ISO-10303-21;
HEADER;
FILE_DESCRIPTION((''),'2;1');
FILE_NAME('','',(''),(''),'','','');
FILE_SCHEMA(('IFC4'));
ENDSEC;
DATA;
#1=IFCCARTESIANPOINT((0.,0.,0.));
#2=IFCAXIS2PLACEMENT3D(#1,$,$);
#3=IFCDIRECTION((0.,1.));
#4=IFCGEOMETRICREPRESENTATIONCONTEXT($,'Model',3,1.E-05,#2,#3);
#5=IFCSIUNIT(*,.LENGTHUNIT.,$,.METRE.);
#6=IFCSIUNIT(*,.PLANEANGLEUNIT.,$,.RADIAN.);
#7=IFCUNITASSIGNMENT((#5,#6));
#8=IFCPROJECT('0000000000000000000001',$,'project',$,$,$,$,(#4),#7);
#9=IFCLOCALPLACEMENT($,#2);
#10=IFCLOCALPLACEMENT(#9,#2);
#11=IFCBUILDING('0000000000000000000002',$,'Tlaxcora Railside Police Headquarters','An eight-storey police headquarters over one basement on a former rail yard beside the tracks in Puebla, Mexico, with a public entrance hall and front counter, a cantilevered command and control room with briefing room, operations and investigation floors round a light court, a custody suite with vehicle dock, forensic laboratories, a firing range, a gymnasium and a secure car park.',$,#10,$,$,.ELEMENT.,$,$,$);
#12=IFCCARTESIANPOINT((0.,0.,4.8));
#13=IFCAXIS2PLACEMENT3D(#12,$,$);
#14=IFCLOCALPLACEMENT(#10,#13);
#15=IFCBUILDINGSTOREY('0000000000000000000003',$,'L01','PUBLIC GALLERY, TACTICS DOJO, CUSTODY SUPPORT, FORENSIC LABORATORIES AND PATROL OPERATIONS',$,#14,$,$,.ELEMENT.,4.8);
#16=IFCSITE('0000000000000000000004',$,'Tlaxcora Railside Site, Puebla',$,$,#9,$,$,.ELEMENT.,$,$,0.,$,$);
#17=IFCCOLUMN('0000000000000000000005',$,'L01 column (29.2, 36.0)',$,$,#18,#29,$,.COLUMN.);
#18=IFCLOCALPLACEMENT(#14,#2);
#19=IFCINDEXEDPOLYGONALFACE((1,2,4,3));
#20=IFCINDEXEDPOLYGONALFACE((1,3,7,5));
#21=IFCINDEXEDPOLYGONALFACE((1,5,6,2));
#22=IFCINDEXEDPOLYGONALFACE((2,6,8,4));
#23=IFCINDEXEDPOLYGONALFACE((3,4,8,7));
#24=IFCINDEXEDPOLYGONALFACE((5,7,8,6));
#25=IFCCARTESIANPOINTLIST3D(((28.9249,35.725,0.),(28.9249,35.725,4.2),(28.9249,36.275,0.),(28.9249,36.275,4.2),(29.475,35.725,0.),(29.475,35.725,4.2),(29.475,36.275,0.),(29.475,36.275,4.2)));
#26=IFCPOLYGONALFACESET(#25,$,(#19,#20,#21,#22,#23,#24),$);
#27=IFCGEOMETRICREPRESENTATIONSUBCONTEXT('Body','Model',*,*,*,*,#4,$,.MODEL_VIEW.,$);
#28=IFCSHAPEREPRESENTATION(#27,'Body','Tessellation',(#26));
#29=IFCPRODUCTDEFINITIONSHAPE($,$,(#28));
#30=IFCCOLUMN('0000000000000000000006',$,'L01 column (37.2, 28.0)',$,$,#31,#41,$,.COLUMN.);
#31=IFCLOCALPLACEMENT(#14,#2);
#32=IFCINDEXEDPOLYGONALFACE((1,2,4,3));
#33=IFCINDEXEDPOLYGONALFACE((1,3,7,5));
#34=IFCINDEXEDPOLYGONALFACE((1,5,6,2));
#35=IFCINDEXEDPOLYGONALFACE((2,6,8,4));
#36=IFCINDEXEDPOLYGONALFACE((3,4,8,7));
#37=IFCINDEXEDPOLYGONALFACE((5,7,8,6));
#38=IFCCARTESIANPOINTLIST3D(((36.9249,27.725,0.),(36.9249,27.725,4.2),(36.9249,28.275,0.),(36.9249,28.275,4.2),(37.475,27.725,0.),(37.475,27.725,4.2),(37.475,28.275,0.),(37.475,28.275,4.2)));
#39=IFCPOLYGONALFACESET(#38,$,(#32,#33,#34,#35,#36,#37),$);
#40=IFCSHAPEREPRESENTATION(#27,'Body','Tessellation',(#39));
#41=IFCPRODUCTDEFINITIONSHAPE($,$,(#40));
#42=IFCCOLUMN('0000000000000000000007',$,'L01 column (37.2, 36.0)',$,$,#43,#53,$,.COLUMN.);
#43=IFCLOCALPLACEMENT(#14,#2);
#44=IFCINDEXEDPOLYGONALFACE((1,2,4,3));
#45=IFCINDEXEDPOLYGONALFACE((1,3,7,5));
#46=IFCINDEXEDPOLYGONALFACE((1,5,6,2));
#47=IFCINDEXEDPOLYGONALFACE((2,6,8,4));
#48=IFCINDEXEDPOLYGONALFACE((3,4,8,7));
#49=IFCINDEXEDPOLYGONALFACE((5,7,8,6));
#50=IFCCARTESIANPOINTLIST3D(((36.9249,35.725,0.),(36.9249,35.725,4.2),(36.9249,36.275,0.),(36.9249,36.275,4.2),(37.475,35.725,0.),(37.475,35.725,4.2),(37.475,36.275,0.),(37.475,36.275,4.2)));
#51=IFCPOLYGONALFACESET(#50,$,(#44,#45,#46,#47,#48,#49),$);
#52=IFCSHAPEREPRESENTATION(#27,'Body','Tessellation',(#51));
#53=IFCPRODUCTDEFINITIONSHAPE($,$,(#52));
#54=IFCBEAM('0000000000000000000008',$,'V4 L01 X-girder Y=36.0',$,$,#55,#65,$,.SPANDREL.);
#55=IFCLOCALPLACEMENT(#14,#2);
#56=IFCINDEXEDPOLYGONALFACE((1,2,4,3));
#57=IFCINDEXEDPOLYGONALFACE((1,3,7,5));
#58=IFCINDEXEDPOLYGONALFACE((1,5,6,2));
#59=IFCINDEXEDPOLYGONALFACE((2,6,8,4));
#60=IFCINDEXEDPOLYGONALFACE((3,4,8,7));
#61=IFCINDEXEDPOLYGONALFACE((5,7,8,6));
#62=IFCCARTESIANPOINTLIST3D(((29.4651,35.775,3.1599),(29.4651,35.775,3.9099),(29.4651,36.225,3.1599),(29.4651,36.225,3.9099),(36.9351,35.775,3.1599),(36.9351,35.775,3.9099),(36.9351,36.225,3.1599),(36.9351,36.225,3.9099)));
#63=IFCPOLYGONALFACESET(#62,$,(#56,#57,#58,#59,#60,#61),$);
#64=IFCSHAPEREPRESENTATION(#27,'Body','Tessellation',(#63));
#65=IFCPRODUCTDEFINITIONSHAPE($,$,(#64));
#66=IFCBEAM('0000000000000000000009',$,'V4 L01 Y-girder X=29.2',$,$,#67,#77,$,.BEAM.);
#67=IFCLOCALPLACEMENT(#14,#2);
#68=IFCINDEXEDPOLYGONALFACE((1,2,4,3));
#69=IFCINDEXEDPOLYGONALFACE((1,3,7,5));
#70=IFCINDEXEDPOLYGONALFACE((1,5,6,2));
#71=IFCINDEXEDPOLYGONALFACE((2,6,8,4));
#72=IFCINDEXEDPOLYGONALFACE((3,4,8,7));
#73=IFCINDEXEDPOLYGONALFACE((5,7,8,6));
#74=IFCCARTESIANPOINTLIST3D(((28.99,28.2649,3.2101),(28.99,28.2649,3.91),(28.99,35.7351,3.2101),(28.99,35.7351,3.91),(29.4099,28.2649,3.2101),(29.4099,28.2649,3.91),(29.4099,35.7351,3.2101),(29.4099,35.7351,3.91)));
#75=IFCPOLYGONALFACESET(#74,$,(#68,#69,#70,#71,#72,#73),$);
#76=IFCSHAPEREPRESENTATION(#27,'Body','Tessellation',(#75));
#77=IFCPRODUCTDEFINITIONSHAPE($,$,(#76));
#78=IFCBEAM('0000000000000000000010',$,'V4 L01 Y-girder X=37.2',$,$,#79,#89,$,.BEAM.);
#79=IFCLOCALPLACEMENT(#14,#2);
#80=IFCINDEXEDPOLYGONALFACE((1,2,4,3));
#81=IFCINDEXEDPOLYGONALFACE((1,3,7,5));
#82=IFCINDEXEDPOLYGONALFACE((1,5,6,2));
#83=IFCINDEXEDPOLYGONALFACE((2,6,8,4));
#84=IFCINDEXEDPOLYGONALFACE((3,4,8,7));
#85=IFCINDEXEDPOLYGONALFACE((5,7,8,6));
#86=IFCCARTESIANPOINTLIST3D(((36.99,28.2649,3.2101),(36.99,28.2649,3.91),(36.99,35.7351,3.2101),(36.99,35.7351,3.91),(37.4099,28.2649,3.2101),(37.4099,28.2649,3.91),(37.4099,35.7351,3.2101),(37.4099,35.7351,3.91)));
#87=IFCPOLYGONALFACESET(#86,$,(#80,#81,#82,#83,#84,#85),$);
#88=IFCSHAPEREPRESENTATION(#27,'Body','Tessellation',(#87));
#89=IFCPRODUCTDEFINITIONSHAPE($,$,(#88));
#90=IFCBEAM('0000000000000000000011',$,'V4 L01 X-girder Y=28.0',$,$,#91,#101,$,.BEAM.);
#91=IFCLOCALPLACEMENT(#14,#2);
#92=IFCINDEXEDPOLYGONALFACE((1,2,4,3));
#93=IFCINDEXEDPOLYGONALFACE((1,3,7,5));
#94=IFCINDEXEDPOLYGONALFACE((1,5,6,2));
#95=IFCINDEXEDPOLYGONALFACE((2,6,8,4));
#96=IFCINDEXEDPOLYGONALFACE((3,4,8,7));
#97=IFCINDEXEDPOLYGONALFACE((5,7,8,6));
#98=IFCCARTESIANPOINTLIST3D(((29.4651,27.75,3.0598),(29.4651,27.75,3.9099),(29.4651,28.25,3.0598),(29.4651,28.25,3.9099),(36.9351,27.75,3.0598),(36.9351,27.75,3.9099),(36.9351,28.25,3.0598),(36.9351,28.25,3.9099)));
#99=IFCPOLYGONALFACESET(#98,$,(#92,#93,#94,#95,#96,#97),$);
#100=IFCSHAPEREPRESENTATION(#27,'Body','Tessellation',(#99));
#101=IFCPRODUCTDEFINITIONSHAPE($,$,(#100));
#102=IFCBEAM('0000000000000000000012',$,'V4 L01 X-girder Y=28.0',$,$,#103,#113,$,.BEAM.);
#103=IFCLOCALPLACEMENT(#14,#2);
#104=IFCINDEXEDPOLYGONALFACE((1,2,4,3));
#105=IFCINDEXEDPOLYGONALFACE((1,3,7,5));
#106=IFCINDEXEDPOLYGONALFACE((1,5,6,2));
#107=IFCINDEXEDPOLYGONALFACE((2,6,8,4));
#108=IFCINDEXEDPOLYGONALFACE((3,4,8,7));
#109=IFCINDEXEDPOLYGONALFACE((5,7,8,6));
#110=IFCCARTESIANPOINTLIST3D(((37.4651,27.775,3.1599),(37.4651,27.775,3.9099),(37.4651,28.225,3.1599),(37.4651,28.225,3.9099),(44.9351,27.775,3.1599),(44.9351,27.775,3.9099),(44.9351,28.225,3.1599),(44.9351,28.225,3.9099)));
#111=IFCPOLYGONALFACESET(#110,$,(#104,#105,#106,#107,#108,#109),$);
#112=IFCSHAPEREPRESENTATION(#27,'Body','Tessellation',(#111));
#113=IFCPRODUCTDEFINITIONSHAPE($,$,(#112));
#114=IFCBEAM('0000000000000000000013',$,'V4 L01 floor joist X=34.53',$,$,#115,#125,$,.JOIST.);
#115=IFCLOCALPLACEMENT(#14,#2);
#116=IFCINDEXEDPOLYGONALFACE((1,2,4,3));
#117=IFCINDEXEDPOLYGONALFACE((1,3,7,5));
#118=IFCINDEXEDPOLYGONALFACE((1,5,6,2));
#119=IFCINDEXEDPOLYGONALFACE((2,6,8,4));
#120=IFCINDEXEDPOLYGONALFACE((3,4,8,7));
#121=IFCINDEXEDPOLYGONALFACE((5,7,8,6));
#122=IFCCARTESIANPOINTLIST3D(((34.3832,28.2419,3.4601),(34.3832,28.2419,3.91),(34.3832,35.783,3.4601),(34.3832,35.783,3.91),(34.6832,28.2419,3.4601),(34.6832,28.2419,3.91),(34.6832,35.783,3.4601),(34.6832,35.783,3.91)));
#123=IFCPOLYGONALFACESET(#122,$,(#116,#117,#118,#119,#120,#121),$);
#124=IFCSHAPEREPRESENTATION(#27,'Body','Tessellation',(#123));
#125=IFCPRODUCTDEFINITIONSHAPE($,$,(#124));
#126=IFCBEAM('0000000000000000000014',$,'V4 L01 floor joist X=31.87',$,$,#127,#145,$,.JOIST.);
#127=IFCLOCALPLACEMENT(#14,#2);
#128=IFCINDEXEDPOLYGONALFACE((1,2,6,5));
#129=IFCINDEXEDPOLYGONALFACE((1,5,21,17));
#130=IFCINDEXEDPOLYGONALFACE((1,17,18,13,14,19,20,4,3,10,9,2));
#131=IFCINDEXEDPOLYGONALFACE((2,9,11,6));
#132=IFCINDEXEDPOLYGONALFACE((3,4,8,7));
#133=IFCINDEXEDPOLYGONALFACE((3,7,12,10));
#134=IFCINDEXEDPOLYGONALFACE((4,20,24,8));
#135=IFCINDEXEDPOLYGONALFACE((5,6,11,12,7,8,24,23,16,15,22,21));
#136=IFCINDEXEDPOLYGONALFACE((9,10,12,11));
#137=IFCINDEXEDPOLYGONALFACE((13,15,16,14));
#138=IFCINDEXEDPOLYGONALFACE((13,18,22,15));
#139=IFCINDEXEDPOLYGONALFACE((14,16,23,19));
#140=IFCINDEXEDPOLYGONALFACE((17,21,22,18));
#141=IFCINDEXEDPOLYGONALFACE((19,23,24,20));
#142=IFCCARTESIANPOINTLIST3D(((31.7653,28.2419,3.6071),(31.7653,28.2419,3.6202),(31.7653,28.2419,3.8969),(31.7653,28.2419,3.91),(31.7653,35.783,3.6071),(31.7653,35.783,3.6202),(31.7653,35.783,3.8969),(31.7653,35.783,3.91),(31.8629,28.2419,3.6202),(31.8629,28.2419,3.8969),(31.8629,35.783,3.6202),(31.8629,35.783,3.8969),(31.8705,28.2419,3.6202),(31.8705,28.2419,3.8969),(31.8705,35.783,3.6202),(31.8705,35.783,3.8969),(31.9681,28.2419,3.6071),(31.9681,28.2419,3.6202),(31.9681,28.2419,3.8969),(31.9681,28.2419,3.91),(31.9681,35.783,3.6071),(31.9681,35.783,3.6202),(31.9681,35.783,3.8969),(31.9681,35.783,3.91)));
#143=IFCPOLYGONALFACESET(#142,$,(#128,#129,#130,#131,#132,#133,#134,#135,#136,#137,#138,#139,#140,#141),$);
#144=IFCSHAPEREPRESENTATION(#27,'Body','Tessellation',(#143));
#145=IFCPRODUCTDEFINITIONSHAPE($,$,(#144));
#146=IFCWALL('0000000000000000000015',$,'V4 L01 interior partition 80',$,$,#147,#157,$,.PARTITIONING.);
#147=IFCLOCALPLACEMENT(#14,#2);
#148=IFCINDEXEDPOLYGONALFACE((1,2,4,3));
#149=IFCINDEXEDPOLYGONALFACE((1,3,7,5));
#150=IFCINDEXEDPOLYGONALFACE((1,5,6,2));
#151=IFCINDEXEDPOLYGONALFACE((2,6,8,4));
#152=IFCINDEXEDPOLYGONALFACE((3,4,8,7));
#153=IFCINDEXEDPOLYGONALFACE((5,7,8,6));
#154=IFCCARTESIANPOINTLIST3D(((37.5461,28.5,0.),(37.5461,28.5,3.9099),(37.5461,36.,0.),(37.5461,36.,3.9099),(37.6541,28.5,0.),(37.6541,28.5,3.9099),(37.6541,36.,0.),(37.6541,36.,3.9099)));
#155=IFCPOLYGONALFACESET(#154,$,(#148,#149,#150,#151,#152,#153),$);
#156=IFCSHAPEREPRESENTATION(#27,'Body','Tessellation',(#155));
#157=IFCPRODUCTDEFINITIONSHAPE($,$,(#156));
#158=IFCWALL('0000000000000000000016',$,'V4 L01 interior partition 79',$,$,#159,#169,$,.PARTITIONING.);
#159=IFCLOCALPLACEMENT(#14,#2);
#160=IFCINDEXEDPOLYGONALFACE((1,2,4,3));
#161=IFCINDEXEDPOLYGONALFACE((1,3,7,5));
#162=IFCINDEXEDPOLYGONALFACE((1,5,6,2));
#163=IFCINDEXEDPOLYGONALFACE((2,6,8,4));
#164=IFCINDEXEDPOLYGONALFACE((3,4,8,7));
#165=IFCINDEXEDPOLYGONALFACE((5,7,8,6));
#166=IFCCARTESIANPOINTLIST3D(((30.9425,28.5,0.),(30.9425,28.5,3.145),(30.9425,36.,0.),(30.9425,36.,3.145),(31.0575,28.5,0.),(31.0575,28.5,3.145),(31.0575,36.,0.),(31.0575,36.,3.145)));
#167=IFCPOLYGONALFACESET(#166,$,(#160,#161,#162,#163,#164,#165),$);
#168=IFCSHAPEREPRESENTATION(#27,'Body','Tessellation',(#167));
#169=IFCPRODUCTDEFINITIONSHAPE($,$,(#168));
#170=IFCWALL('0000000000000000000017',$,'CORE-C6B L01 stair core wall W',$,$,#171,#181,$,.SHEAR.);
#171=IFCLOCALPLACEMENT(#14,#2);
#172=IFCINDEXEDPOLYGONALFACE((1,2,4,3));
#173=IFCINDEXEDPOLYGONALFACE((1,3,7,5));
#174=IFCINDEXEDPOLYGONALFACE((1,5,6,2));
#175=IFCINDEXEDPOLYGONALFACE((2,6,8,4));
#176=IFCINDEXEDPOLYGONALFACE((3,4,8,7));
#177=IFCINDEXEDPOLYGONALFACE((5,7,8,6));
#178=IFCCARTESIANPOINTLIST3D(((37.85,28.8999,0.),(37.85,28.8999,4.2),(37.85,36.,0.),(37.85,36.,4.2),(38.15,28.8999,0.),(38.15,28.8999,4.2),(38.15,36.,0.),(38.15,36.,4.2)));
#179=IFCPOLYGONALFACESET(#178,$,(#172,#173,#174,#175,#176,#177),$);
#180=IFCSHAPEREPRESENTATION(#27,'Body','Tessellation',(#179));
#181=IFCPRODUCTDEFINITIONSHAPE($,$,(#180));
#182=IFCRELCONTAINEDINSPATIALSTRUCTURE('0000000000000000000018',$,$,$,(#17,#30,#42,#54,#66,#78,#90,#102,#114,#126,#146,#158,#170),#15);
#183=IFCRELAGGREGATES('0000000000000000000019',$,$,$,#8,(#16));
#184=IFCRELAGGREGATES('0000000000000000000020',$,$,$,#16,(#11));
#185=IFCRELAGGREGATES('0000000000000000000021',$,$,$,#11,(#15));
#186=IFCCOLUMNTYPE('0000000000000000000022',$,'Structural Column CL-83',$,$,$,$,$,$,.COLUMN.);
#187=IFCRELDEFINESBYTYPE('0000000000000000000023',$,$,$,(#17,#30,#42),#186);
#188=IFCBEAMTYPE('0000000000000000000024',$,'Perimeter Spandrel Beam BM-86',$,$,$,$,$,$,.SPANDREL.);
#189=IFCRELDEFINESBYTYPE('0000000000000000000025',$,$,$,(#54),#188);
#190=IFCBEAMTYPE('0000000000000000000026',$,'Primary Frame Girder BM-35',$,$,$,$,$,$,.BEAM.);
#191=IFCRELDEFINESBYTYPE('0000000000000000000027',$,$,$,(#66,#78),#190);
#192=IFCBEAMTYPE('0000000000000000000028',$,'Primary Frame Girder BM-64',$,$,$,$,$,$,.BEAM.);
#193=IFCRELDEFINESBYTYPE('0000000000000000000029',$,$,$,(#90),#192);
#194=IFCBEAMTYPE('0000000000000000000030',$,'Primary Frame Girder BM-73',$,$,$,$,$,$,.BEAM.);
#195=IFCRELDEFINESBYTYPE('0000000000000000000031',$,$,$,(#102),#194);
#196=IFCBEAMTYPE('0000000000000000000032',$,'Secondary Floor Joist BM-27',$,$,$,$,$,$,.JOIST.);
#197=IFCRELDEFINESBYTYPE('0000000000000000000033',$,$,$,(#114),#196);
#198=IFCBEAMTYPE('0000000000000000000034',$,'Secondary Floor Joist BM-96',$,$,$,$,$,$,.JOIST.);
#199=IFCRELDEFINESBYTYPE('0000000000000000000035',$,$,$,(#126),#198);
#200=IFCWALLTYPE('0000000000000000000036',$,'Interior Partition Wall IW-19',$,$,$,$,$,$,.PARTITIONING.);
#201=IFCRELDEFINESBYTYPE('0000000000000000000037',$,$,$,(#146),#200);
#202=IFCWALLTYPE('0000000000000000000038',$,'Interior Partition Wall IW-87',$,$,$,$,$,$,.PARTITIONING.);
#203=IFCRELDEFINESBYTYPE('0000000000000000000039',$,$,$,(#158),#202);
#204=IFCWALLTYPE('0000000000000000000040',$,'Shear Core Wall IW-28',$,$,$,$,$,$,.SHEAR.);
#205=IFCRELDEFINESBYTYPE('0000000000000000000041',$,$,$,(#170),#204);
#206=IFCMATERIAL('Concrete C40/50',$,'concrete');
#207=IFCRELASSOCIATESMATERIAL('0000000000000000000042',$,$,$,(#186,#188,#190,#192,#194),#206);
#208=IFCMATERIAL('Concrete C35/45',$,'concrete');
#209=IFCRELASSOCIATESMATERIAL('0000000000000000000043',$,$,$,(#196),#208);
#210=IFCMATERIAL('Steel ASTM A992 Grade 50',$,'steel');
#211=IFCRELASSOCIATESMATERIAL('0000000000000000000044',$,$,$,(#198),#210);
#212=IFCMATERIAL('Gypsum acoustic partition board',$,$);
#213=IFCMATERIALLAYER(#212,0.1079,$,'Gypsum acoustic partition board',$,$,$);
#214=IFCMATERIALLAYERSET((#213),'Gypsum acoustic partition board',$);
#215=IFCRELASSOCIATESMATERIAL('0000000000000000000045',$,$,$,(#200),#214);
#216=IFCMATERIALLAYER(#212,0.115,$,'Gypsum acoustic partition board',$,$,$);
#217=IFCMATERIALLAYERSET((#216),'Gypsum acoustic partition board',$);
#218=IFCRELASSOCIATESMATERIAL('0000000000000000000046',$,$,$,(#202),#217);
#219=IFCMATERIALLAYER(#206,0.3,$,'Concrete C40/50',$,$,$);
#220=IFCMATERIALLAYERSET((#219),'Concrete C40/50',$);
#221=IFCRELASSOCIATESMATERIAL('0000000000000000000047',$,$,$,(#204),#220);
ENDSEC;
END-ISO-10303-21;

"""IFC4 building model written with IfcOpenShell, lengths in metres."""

from ifc_helpers import new_model, si_unit, direction, frame, frame_2d, origin, origin_2d, place, context, subcontext, project, spatial, rectangle, i_section, extrude, material, layer, layer_set, material_profile, profile_set, type_object, element, save


model = new_model("IFC4")

# Units and contexts
model_context = context("Model", 3, precision=1e-05, world=origin(), true_north=direction((0.0, 1.0)))
body_context = subcontext(model_context, "Body", "Model", "MODEL_VIEW")
ifc_project = project(units=[si_unit("LENGTHUNIT", "METRE"), si_unit("PLANEANGLEUNIT", "RADIAN")], contexts=[model_context])

# Site, building, storey
site_placement = place(None, origin())
site = spatial("IfcSite", under=ifc_project, at=site_placement, Name="Tlaxcora Railside Site, Puebla", CompositionType="ELEMENT", RefElevation=0.0)
building_placement = place(site_placement, origin())
building = spatial("IfcBuilding", under=site, at=building_placement, Name="Tlaxcora Railside Police Headquarters", Description="An eight-storey police headquarters over one basement on a former rail yard beside the tracks in Puebla, Mexico, with a public entrance hall and front counter, a cantilevered command and control room with briefing room, operations and investigation floors round a light court, a custody suite with vehicle dock, forensic laboratories, a firing range, a gymnasium and a secure car park.", CompositionType="ELEMENT")
storey_placement = place(building_placement, frame((0.0, 0.0, 4.8)))
storey = spatial("IfcBuildingStorey", under=building, at=storey_placement, Name="L01", Description="PUBLIC GALLERY, TACTICS DOJO, CUSTODY SUPPORT, FORENSIC LABORATORIES AND PATROL OPERATIONS", CompositionType="ELEMENT", Elevation=4.8)

# Columns
ifc_material_1 = material(Name="Concrete C40/50", Category="concrete")
ifc_material_profile_1 = material_profile(ifc_material_1, rectangle(XDim=0.55, YDim=0.55, at=origin_2d()), Name="RC550X550")
ifc_profile_set_1 = profile_set([ifc_material_profile_1], Name="Concrete C40/50")
column_type = type_object("IfcColumnType", Name="Structural Column CL-83", PredefinedType="COLUMN", material=ifc_profile_set_1)
for number, where, z_axis, x_axis, name in (
    (1, (29.2, 36.0, 0.0), (0.0, 0.0, 1.0), (1.0, 0.0, 0.0), "L01 column (29.2, 36.0)"),
    (2, (37.2, 28.0, 0.0), (0.0, 0.0, 1.0), (1.0, 0.0, 0.0), "L01 column (37.2, 28.0)"),
    (3, (37.2, 36.0, 0.0), (0.0, 0.0, 1.0), (1.0, 0.0, 0.0), "L01 column (37.2, 36.0)"),
):
    element("IfcColumn", number, at=place(storey_placement, frame(where, z_axis=z_axis, x_axis=x_axis)), inside=storey, type_object=column_type, Name=name, PredefinedType="COLUMN", context=body_context, shape_type="SweptSolid", body=[
        extrude(rectangle(XDim=0.55, YDim=0.55, at=origin_2d()), origin(), (0.0, 0.0, 1.0), 4.2),
    ])

# Beams
ifc_material_profile_2 = material_profile(ifc_material_1, rectangle(XDim=0.45, YDim=0.75, at=origin_2d()), Name="RC450X750")
ifc_profile_set_2 = profile_set([ifc_material_profile_2], Name="Concrete C40/50")
beam_type_1 = type_object("IfcBeamType", Name="Perimeter Spandrel Beam BM-86", PredefinedType="SPANDREL", material=ifc_profile_set_2)
beam_1_placement = place(storey_placement, frame((29.4651, 36.0, 3.5349), z_axis=(1.0, 0.0, 0.0), x_axis=(0.0, 1.0, 0.0)))
element("IfcBeam", 4, at=beam_1_placement, inside=storey, type_object=beam_type_1, Name="V4 L01 X-girder Y=36.0", PredefinedType="SPANDREL", context=body_context, shape_type="SweptSolid", body=[
    extrude(rectangle(XDim=0.45, YDim=0.75, at=origin_2d()), origin(), (0.0, 0.0, 1.0), 7.47),
])
ifc_material_profile_3 = material_profile(ifc_material_1, rectangle(XDim=0.4199, YDim=0.7, at=origin_2d()), Name="RC420X700")
ifc_profile_set_3 = profile_set([ifc_material_profile_3], Name="Concrete C40/50")
beam_type_2 = type_object("IfcBeamType", Name="Primary Frame Girder BM-35", PredefinedType="BEAM", material=ifc_profile_set_3)
for number, where, z_axis, x_axis, name in (
    (5, (29.2, 28.2649, 3.5601), (0.0, 1.0, 0.0), (-1.0, 0.0, 0.0), "V4 L01 Y-girder X=29.2"),
    (6, (37.2, 28.2649, 3.5601), (0.0, 1.0, 0.0), (-1.0, 0.0, 0.0), "V4 L01 Y-girder X=37.2"),
):
    element("IfcBeam", number, at=place(storey_placement, frame(where, z_axis=z_axis, x_axis=x_axis)), inside=storey, type_object=beam_type_2, Name=name, PredefinedType="BEAM", context=body_context, shape_type="SweptSolid", body=[
        extrude(rectangle(XDim=0.4199, YDim=0.7, at=origin_2d()), origin(), (0.0, 0.0, 1.0), 7.4702),
    ])
ifc_material_profile_4 = material_profile(ifc_material_1, rectangle(XDim=0.5, YDim=0.8501, at=origin_2d()), Name="RC500X850")
ifc_profile_set_4 = profile_set([ifc_material_profile_4], Name="Concrete C40/50")
beam_type_3 = type_object("IfcBeamType", Name="Primary Frame Girder BM-64", PredefinedType="BEAM", material=ifc_profile_set_4)
beam_2_placement = place(storey_placement, frame((29.4651, 28.0, 3.4849), z_axis=(1.0, 0.0, 0.0), x_axis=(0.0, 1.0, 0.0)))
element("IfcBeam", 7, at=beam_2_placement, inside=storey, type_object=beam_type_3, Name="V4 L01 X-girder Y=28.0", PredefinedType="BEAM", context=body_context, shape_type="SweptSolid", body=[
    extrude(rectangle(XDim=0.5, YDim=0.8501, at=origin_2d()), origin(), (0.0, 0.0, 1.0), 7.47),
])
ifc_material_profile_5 = material_profile(ifc_material_1, rectangle(XDim=0.45, YDim=0.75, at=origin_2d()), Name="RC450X750")
ifc_profile_set_5 = profile_set([ifc_material_profile_5], Name="Concrete C40/50")
beam_type_4 = type_object("IfcBeamType", Name="Primary Frame Girder BM-73", PredefinedType="BEAM", material=ifc_profile_set_5)
beam_3_placement = place(storey_placement, frame((37.4651, 28.0, 3.5349), z_axis=(1.0, 0.0, 0.0), x_axis=(0.0, 1.0, 0.0)))
element("IfcBeam", 8, at=beam_3_placement, inside=storey, type_object=beam_type_4, Name="V4 L01 X-girder Y=28.0", PredefinedType="BEAM", context=body_context, shape_type="SweptSolid", body=[
    extrude(rectangle(XDim=0.45, YDim=0.75, at=origin_2d()), origin(), (0.0, 0.0, 1.0), 7.47),
])
ifc_material_2 = material(Name="Concrete C35/45", Category="concrete")
ifc_material_profile_6 = material_profile(ifc_material_2, rectangle(XDim=0.3, YDim=0.45, at=origin_2d()), Name="RC300X450")
ifc_profile_set_6 = profile_set([ifc_material_profile_6], Name="Concrete C35/45")
beam_type_5 = type_object("IfcBeamType", Name="Secondary Floor Joist BM-27", PredefinedType="JOIST", material=ifc_profile_set_6)
beam_4_placement = place(storey_placement, frame((34.5332, 28.2419, 3.6851), z_axis=(0.0, 1.0, 0.0), x_axis=(-1.0, 0.0, 0.0)))
element("IfcBeam", 9, at=beam_4_placement, inside=storey, type_object=beam_type_5, Name="V4 L01 floor joist X=34.53", PredefinedType="JOIST", context=body_context, shape_type="SweptSolid", body=[
    extrude(rectangle(XDim=0.3, YDim=0.45, at=origin_2d()), origin(), (0.0, 0.0, 1.0), 7.541),
])
ifc_material_3 = material(Name="Steel ASTM A992 Grade 50", Category="steel")
ifc_material_profile_7 = material_profile(ifc_material_3, i_section(OverallWidth=0.2029, OverallDepth=0.303, WebThickness=0.0076, FlangeThickness=0.0132, at=origin_2d()), Name="W12X40")
ifc_profile_set_7 = profile_set([ifc_material_profile_7], Name="Steel ASTM A992 Grade 50")
beam_type_6 = type_object("IfcBeamType", Name="Secondary Floor Joist BM-96", PredefinedType="JOIST", material=ifc_profile_set_7)
beam_5_placement = place(storey_placement, frame((31.8667, 28.2419, 3.7585), z_axis=(0.0, 1.0, 0.0), x_axis=(-1.0, 0.0, 0.0)))
element("IfcBeam", 10, at=beam_5_placement, inside=storey, type_object=beam_type_6, Name="V4 L01 floor joist X=31.87", PredefinedType="JOIST", context=body_context, shape_type="SweptSolid", body=[
    extrude(i_section(OverallWidth=0.2029, OverallDepth=0.303, WebThickness=0.0076, FlangeThickness=0.0132, at=origin_2d()), origin(), (0.0, 0.0, 1.0), 7.541),
])

# Walls
ifc_material_4 = material(Name="Gypsum acoustic partition board")
ifc_layer_1 = layer(ifc_material_4, 0.1079, Name="Gypsum acoustic partition board")
ifc_layer_set_1 = layer_set([ifc_layer_1], Name="Gypsum acoustic partition board")
wall_type_1 = type_object("IfcWallType", Name="Interior Partition Wall IW-19", PredefinedType="PARTITIONING", material=ifc_layer_set_1)
wall_1_placement = place(storey_placement, frame((37.6001, 28.5, 0.0), z_axis=(0.0, 0.0, 1.0), x_axis=(0.0, 1.0, 0.0)))
element("IfcWall", 11, at=wall_1_placement, inside=storey, type_object=wall_type_1, Name="V4 L01 interior partition 80", PredefinedType="PARTITIONING", context=body_context, shape_type="SweptSolid", body=[
    extrude(rectangle(XDim=7.5, YDim=0.1079, at=frame_2d((3.75, 0.0))), origin(), (0.0, 0.0, 1.0), 3.9099),
])
ifc_layer_2 = layer(ifc_material_4, 0.115, Name="Gypsum acoustic partition board")
ifc_layer_set_2 = layer_set([ifc_layer_2], Name="Gypsum acoustic partition board")
wall_type_2 = type_object("IfcWallType", Name="Interior Partition Wall IW-87", PredefinedType="PARTITIONING", material=ifc_layer_set_2)
wall_2_placement = place(storey_placement, frame((31.0, 28.5, 0.0), z_axis=(0.0, 0.0, 1.0), x_axis=(0.0, 1.0, 0.0)))
element("IfcWall", 12, at=wall_2_placement, inside=storey, type_object=wall_type_2, Name="V4 L01 interior partition 79", PredefinedType="PARTITIONING", context=body_context, shape_type="SweptSolid", body=[
    extrude(rectangle(XDim=7.5, YDim=0.115, at=frame_2d((3.75, 0.0))), origin(), (0.0, 0.0, 1.0), 3.145),
])

# Shared definitions
ifc_layer_3 = layer(ifc_material_1, 0.3, Name="Concrete C40/50")
ifc_layer_set_3 = layer_set([ifc_layer_3], Name="Concrete C40/50")
wall_type_3 = type_object("IfcWallType", Name="Shear Core Wall IW-28", PredefinedType="SHEAR", material=ifc_layer_set_3)

# Wall
wall_3_placement = place(storey_placement, frame((38.0, 36.0, 0.0), z_axis=(0.0, 0.0, 1.0), x_axis=(0.0, -1.0, 0.0)))
element("IfcWall", 13, at=wall_3_placement, inside=storey, type_object=wall_type_3, Name="CORE-C6B L01 stair core wall W", PredefinedType="SHEAR", context=body_context, shape_type="SweptSolid", body=[
    extrude(rectangle(XDim=7.1001, YDim=0.3, at=frame_2d((3.55, 0.0))), origin(), (0.0, 0.0, 1.0), 4.2),
])

save(model, "model.ifc")
